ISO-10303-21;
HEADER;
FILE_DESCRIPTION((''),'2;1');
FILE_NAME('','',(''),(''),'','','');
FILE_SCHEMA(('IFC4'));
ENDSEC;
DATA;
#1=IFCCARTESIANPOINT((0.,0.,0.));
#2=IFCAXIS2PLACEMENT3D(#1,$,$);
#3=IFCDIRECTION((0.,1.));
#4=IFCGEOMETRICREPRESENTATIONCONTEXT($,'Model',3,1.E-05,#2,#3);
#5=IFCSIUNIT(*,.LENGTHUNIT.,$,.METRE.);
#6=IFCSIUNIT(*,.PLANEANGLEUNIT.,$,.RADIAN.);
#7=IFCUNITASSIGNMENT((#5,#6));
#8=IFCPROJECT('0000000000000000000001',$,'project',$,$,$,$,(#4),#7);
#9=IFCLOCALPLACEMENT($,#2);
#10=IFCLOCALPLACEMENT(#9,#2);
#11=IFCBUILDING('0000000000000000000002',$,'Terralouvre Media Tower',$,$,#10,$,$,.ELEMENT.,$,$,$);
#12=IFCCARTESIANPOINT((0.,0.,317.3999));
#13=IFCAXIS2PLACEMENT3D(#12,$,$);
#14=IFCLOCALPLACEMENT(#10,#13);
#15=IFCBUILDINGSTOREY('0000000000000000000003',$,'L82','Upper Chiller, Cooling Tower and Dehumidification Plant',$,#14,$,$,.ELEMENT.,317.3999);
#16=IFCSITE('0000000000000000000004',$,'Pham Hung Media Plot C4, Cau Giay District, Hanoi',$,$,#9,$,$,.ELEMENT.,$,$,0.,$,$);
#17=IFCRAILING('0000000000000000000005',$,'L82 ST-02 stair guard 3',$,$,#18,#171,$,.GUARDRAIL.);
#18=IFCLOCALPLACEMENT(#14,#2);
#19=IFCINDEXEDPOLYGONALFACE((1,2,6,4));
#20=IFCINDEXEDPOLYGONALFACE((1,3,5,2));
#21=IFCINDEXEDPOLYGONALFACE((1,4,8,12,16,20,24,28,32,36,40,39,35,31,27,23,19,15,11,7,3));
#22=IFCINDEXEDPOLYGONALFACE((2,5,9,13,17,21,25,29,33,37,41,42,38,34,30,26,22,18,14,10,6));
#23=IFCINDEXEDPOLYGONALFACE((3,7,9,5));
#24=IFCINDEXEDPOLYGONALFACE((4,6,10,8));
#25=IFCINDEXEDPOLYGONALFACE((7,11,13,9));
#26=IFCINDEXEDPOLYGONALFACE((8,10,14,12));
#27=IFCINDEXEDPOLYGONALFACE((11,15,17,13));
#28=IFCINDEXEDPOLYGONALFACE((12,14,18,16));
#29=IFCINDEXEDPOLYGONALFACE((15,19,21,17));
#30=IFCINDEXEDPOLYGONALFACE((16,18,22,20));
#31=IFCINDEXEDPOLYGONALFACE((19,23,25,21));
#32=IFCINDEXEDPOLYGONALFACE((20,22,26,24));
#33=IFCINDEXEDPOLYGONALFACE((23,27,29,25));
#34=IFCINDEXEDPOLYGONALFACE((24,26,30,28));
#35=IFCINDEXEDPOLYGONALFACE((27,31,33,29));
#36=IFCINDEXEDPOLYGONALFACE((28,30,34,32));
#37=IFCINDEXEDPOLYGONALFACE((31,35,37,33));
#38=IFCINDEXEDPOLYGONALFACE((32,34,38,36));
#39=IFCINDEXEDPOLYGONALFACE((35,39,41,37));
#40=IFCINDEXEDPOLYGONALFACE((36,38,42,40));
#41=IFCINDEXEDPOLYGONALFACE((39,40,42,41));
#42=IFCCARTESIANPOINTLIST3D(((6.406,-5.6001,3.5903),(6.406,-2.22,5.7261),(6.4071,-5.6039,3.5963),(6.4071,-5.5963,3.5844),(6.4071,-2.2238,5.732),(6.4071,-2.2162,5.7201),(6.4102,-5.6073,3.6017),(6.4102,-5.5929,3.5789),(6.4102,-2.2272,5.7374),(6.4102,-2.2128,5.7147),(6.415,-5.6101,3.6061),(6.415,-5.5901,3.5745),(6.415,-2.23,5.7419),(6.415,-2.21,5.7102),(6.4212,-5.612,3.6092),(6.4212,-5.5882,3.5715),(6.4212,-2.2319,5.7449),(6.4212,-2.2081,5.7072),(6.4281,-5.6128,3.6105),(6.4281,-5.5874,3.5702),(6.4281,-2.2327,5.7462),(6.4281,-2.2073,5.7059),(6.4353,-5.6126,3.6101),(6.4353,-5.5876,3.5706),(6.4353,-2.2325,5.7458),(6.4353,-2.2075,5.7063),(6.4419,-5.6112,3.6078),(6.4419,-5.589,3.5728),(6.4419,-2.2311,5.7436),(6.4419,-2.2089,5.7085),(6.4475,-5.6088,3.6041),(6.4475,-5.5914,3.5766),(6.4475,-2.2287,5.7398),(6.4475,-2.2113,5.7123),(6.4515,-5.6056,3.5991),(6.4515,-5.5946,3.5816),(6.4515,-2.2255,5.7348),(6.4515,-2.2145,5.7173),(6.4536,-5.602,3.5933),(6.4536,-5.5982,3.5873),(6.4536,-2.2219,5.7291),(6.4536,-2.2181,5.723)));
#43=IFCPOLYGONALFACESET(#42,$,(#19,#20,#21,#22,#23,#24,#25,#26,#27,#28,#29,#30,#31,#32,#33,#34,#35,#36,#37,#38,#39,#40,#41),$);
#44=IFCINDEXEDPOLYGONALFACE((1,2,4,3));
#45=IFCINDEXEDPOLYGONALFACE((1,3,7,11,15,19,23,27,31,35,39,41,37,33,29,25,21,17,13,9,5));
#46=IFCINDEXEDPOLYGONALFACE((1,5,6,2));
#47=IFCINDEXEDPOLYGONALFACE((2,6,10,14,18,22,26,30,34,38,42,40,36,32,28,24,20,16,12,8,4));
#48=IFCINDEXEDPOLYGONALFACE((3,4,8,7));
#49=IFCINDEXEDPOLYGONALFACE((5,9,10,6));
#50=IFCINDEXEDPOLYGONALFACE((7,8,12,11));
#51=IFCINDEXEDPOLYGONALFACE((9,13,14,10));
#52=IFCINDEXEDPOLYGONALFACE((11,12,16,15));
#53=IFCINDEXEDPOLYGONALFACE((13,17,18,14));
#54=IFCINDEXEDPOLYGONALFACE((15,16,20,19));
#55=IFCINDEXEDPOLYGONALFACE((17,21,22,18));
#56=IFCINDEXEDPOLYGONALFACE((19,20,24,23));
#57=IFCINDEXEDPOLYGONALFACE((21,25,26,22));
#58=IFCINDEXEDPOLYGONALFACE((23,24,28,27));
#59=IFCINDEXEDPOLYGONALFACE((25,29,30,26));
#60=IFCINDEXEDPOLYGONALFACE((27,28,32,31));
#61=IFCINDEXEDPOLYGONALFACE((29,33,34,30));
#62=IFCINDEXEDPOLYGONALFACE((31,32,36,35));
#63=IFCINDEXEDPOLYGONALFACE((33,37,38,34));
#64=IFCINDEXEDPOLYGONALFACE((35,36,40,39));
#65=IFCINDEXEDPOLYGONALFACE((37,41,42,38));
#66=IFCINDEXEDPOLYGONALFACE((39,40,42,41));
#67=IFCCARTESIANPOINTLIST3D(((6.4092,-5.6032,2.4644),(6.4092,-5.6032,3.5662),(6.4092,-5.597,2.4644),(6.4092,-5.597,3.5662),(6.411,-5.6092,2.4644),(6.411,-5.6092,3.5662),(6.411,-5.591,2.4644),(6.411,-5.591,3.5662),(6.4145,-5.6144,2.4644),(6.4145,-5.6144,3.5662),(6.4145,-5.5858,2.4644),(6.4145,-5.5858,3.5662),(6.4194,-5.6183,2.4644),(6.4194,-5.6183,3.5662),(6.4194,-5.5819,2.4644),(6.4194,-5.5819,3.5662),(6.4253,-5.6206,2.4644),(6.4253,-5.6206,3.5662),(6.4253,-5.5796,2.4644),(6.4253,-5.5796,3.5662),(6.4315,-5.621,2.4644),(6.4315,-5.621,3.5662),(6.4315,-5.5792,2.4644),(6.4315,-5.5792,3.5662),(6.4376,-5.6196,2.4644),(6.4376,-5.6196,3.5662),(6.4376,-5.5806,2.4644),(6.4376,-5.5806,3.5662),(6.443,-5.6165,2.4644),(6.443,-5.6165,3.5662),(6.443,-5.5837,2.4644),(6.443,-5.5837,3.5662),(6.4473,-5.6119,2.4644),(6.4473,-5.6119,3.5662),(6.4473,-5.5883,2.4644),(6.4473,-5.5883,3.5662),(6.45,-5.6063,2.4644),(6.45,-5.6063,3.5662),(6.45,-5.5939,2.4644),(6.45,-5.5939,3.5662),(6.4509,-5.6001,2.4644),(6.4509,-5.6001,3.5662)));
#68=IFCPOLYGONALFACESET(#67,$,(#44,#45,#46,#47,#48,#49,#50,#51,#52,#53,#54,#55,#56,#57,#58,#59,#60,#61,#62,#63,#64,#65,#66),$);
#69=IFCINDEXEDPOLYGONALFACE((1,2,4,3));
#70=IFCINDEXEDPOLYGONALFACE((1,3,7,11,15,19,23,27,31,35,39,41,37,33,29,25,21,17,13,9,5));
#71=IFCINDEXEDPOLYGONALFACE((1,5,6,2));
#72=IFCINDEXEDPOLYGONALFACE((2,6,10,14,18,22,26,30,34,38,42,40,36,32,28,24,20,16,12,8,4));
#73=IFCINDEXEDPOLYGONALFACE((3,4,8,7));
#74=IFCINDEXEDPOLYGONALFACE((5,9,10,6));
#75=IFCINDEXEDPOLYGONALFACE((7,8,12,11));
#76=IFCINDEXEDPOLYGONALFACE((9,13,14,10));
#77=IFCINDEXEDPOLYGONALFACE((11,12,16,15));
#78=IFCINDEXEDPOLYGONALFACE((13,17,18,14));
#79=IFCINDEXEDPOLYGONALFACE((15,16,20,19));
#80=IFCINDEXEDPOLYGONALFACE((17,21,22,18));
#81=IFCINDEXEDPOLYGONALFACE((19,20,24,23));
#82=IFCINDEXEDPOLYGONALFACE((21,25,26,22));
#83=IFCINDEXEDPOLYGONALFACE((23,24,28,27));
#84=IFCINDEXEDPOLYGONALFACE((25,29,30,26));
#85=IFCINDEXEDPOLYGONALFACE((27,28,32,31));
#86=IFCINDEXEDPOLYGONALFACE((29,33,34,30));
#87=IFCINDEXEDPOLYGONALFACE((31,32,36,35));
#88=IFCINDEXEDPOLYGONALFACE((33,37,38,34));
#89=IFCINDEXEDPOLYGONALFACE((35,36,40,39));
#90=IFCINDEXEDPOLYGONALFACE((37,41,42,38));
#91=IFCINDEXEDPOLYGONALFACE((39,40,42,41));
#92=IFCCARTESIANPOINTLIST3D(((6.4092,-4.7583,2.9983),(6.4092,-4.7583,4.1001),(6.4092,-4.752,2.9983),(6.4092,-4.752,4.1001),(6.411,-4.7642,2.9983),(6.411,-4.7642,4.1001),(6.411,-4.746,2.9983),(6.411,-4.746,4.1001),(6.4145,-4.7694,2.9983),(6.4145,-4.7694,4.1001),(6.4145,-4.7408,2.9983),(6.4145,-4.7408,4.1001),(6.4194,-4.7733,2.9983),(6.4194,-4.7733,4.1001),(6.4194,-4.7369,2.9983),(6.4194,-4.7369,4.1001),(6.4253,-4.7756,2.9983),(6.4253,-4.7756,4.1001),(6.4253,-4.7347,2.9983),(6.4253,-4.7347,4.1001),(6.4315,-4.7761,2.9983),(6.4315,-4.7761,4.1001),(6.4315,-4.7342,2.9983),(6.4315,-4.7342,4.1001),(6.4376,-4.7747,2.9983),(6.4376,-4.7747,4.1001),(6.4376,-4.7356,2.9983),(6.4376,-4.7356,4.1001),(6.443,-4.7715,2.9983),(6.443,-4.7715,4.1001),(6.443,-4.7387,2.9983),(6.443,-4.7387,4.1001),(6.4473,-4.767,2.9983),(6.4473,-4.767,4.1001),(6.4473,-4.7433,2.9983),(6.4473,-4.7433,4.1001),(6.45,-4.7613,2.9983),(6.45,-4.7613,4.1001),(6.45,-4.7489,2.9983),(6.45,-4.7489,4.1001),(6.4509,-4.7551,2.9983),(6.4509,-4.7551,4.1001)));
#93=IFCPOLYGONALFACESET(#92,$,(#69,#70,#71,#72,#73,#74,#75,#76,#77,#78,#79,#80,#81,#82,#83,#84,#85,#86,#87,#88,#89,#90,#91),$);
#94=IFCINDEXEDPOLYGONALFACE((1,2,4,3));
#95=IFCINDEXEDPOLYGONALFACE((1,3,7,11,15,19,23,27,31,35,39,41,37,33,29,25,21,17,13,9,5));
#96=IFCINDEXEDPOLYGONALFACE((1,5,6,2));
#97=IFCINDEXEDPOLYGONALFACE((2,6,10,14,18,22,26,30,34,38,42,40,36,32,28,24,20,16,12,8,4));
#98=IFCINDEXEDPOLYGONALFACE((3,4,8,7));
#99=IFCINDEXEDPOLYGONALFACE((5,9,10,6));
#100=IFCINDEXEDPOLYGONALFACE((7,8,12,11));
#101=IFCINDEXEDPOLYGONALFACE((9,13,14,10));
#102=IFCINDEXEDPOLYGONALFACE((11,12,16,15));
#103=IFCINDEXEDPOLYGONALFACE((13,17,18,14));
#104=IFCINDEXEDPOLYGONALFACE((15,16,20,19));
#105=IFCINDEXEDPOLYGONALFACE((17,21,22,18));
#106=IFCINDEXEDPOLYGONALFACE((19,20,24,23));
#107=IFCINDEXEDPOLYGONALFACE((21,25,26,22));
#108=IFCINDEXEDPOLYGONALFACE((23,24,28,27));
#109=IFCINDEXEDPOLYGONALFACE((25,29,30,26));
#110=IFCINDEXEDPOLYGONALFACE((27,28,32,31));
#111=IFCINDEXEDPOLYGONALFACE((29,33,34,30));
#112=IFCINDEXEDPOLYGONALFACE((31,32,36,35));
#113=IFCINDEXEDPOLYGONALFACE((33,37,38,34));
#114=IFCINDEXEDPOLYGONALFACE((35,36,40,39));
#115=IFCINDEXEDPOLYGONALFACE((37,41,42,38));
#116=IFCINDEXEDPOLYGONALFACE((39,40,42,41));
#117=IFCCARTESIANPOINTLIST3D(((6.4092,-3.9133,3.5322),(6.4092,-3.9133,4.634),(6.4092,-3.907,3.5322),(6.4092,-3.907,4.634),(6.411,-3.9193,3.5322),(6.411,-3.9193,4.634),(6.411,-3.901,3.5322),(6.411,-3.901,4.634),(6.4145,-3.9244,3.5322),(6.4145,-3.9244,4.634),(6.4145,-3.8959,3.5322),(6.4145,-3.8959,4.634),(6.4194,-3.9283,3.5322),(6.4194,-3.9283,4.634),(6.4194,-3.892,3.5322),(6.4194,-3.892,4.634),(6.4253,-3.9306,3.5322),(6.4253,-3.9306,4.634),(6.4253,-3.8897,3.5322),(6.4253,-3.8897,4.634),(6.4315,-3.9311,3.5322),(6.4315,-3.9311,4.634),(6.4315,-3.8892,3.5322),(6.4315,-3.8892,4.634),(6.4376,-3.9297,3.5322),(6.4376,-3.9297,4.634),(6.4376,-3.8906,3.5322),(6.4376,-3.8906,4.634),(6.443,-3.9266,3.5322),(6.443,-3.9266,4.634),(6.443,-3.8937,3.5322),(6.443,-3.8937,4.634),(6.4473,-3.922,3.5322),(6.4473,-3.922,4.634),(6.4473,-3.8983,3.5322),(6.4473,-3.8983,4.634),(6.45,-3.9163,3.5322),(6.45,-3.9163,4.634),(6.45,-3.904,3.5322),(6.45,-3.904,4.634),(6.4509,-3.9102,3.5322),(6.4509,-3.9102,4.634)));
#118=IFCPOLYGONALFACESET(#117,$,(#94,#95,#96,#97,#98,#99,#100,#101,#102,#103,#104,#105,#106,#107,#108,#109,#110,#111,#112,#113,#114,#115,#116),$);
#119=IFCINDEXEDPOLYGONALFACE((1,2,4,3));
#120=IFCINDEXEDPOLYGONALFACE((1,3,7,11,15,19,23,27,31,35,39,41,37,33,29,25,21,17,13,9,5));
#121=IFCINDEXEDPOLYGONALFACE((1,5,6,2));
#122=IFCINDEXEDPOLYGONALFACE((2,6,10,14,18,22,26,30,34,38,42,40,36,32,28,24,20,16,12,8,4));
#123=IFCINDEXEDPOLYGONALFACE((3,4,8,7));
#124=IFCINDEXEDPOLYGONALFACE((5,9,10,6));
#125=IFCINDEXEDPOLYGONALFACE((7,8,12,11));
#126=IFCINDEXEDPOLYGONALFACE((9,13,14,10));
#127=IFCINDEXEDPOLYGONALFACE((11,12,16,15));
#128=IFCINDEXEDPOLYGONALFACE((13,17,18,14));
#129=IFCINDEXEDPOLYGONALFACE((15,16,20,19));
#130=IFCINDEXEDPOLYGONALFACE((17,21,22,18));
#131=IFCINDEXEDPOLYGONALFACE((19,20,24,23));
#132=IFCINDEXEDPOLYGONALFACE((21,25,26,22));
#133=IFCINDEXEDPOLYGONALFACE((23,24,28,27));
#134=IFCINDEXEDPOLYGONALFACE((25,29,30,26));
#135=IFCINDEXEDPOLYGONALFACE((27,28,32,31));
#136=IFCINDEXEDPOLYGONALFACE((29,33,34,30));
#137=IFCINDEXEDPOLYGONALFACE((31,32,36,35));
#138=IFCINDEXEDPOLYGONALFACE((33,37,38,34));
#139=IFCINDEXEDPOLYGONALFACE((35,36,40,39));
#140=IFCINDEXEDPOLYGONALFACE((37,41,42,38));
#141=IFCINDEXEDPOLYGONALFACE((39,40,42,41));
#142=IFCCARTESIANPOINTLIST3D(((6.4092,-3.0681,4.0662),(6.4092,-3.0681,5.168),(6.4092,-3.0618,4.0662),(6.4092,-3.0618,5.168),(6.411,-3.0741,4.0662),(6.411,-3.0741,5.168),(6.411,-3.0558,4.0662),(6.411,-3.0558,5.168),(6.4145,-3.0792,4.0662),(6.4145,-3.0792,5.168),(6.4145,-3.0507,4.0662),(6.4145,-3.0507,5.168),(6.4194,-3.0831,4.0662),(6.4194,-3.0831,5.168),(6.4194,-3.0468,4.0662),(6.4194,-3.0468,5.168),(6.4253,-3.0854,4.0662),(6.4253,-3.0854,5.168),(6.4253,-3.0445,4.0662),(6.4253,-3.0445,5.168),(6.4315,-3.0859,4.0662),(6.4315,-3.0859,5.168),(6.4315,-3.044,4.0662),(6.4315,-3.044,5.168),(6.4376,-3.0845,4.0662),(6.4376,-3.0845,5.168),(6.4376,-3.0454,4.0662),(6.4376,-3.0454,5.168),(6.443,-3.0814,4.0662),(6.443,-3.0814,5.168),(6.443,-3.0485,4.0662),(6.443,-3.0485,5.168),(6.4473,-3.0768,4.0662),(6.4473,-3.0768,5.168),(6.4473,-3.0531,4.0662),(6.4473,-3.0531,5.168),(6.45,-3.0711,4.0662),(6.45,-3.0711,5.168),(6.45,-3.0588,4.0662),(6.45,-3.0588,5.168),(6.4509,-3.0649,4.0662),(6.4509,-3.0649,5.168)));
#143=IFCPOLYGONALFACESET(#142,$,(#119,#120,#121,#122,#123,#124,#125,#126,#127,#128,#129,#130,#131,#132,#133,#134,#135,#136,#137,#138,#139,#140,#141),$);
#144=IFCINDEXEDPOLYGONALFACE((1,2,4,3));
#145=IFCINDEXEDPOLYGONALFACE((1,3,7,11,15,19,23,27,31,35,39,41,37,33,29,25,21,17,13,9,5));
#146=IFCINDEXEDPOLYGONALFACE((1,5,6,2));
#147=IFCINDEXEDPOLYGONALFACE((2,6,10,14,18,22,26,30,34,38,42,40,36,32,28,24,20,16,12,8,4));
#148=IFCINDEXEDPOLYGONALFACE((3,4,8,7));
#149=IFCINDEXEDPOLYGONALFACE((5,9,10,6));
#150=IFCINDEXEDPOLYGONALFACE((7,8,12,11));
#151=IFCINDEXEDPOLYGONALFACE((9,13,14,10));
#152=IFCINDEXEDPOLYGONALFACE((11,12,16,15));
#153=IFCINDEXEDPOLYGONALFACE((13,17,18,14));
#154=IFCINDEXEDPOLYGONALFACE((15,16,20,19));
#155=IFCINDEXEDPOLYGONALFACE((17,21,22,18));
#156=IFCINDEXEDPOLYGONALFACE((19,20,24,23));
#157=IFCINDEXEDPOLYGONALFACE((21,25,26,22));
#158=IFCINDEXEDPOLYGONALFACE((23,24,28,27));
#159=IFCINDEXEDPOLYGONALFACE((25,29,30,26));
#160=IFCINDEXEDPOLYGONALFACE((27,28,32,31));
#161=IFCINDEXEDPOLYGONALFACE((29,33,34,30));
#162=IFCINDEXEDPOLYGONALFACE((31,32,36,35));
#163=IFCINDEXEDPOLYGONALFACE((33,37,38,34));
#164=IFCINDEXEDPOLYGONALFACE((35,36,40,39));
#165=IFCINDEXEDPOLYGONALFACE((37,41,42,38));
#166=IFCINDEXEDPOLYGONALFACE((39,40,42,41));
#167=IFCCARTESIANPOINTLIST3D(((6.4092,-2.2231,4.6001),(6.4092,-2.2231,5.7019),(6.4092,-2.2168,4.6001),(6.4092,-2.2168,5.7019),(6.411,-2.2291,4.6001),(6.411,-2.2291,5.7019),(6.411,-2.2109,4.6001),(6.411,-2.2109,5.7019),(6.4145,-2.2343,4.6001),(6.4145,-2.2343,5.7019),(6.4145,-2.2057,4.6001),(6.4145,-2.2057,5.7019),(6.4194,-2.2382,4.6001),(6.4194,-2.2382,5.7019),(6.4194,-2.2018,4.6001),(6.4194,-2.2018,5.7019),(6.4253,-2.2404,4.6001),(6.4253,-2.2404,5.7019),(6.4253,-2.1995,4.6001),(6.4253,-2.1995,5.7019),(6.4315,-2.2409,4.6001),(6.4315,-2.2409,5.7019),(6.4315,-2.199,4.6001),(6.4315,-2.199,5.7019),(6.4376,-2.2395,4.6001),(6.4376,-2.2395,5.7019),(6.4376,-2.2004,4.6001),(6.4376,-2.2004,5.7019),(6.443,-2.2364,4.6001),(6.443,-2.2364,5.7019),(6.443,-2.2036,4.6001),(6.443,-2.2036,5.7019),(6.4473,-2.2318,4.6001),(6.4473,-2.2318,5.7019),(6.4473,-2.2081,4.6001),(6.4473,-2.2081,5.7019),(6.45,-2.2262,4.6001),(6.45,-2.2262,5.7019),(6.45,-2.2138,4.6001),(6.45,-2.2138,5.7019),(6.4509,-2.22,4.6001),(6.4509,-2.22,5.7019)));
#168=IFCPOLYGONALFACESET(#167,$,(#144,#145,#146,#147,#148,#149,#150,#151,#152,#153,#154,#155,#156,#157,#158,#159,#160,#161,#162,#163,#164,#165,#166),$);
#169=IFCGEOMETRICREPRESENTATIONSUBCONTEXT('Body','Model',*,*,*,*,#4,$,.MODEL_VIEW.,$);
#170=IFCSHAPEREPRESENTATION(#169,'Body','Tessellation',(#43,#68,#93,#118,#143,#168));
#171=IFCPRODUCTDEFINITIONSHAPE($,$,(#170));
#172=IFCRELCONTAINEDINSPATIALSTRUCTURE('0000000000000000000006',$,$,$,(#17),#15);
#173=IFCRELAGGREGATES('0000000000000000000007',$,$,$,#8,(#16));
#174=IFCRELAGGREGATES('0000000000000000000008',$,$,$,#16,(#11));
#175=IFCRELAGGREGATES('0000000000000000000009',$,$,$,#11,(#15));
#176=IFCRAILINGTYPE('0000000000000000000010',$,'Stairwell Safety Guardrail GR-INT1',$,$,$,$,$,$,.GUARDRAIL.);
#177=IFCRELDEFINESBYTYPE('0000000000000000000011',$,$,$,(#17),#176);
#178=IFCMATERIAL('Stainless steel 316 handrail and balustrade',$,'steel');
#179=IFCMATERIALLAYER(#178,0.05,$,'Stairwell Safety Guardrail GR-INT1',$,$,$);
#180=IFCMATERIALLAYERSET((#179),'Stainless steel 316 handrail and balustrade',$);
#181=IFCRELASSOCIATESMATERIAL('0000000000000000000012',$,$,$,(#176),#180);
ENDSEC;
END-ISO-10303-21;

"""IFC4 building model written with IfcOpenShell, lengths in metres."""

from ifc_helpers import new_model, si_unit, direction, frame, origin, origin_2d, place, context, subcontext, project, spatial, circle, extrude, material, layer, layer_set, type_object, element, save


model = new_model("IFC4")

# Units and contexts
model_context = context("Model", 3, precision=1e-05, world=origin(), true_north=direction((0.0, 1.0)))
body_context = subcontext(model_context, "Body", "Model", "MODEL_VIEW")
ifc_project = project(units=[si_unit("LENGTHUNIT", "METRE"), si_unit("PLANEANGLEUNIT", "RADIAN")], contexts=[model_context])

# Site, building, storey
site_placement = place(None, origin())
site = spatial("IfcSite", under=ifc_project, at=site_placement, Name="Pham Hung Media Plot C4, Cau Giay District, Hanoi", CompositionType="ELEMENT", RefElevation=0.0)
building_placement = place(site_placement, origin())
building = spatial("IfcBuilding", under=site, at=building_placement, Name="Terralouvre Media Tower", CompositionType="ELEMENT")
storey_placement = place(building_placement, frame((0.0, 0.0, 317.3999)))
storey = spatial("IfcBuildingStorey", under=building, at=storey_placement, Name="L82", Description="Upper Chiller, Cooling Tower and Dehumidification Plant", CompositionType="ELEMENT", Elevation=317.3999)

# Railing
ifc_material_1 = material(Name="Stainless steel 316 handrail and balustrade", Category="steel")
ifc_layer_1 = layer(ifc_material_1, 0.05, Name="Stairwell Safety Guardrail GR-INT1")
ifc_layer_set_1 = layer_set([ifc_layer_1], Name="Stainless steel 316 handrail and balustrade")
railing_type_1 = type_object("IfcRailingType", Name="Stairwell Safety Guardrail GR-INT1", PredefinedType="GUARDRAIL", material=ifc_layer_set_1)
railing_1_placement = place(storey_placement, frame((6.4299, -5.6001, 2.4644)))
element("IfcRailing", 1, at=railing_1_placement, inside=storey, type_object=railing_type_1, Name="L82 ST-02 stair guard 3", PredefinedType="GUARDRAIL", context=body_context, shape_type="SweptSolid", body=[
    extrude(circle(Radius=0.0239, at=origin_2d()), frame((0.0, 0.0, 1.126), z_axis=(0.0, 0.845384, 0.534158), x_axis=(-1.0, 0.0, 0.0)), (0.0, 0.0, 1.0), 3.9983),
    extrude(circle(Radius=0.021, at=origin_2d()), origin(), (0.0, 0.0, 1.0), 1.1018),
    extrude(circle(Radius=0.021, at=origin_2d()), frame((0.0, 0.845, 0.5339)), (0.0, 0.0, 1.0), 1.1018),
    extrude(circle(Radius=0.021, at=origin_2d()), frame((0.0, 1.6899, 1.0679)), (0.0, 0.0, 1.0), 1.1018),
    extrude(circle(Radius=0.021, at=origin_2d()), frame((0.0, 2.5352, 1.6018)), (0.0, 0.0, 1.0), 1.1018),
    extrude(circle(Radius=0.021, at=origin_2d()), frame((0.0, 3.3801, 2.1357)), (0.0, 0.0, 1.0), 1.1018),
])

save(model, "model.ifc")
